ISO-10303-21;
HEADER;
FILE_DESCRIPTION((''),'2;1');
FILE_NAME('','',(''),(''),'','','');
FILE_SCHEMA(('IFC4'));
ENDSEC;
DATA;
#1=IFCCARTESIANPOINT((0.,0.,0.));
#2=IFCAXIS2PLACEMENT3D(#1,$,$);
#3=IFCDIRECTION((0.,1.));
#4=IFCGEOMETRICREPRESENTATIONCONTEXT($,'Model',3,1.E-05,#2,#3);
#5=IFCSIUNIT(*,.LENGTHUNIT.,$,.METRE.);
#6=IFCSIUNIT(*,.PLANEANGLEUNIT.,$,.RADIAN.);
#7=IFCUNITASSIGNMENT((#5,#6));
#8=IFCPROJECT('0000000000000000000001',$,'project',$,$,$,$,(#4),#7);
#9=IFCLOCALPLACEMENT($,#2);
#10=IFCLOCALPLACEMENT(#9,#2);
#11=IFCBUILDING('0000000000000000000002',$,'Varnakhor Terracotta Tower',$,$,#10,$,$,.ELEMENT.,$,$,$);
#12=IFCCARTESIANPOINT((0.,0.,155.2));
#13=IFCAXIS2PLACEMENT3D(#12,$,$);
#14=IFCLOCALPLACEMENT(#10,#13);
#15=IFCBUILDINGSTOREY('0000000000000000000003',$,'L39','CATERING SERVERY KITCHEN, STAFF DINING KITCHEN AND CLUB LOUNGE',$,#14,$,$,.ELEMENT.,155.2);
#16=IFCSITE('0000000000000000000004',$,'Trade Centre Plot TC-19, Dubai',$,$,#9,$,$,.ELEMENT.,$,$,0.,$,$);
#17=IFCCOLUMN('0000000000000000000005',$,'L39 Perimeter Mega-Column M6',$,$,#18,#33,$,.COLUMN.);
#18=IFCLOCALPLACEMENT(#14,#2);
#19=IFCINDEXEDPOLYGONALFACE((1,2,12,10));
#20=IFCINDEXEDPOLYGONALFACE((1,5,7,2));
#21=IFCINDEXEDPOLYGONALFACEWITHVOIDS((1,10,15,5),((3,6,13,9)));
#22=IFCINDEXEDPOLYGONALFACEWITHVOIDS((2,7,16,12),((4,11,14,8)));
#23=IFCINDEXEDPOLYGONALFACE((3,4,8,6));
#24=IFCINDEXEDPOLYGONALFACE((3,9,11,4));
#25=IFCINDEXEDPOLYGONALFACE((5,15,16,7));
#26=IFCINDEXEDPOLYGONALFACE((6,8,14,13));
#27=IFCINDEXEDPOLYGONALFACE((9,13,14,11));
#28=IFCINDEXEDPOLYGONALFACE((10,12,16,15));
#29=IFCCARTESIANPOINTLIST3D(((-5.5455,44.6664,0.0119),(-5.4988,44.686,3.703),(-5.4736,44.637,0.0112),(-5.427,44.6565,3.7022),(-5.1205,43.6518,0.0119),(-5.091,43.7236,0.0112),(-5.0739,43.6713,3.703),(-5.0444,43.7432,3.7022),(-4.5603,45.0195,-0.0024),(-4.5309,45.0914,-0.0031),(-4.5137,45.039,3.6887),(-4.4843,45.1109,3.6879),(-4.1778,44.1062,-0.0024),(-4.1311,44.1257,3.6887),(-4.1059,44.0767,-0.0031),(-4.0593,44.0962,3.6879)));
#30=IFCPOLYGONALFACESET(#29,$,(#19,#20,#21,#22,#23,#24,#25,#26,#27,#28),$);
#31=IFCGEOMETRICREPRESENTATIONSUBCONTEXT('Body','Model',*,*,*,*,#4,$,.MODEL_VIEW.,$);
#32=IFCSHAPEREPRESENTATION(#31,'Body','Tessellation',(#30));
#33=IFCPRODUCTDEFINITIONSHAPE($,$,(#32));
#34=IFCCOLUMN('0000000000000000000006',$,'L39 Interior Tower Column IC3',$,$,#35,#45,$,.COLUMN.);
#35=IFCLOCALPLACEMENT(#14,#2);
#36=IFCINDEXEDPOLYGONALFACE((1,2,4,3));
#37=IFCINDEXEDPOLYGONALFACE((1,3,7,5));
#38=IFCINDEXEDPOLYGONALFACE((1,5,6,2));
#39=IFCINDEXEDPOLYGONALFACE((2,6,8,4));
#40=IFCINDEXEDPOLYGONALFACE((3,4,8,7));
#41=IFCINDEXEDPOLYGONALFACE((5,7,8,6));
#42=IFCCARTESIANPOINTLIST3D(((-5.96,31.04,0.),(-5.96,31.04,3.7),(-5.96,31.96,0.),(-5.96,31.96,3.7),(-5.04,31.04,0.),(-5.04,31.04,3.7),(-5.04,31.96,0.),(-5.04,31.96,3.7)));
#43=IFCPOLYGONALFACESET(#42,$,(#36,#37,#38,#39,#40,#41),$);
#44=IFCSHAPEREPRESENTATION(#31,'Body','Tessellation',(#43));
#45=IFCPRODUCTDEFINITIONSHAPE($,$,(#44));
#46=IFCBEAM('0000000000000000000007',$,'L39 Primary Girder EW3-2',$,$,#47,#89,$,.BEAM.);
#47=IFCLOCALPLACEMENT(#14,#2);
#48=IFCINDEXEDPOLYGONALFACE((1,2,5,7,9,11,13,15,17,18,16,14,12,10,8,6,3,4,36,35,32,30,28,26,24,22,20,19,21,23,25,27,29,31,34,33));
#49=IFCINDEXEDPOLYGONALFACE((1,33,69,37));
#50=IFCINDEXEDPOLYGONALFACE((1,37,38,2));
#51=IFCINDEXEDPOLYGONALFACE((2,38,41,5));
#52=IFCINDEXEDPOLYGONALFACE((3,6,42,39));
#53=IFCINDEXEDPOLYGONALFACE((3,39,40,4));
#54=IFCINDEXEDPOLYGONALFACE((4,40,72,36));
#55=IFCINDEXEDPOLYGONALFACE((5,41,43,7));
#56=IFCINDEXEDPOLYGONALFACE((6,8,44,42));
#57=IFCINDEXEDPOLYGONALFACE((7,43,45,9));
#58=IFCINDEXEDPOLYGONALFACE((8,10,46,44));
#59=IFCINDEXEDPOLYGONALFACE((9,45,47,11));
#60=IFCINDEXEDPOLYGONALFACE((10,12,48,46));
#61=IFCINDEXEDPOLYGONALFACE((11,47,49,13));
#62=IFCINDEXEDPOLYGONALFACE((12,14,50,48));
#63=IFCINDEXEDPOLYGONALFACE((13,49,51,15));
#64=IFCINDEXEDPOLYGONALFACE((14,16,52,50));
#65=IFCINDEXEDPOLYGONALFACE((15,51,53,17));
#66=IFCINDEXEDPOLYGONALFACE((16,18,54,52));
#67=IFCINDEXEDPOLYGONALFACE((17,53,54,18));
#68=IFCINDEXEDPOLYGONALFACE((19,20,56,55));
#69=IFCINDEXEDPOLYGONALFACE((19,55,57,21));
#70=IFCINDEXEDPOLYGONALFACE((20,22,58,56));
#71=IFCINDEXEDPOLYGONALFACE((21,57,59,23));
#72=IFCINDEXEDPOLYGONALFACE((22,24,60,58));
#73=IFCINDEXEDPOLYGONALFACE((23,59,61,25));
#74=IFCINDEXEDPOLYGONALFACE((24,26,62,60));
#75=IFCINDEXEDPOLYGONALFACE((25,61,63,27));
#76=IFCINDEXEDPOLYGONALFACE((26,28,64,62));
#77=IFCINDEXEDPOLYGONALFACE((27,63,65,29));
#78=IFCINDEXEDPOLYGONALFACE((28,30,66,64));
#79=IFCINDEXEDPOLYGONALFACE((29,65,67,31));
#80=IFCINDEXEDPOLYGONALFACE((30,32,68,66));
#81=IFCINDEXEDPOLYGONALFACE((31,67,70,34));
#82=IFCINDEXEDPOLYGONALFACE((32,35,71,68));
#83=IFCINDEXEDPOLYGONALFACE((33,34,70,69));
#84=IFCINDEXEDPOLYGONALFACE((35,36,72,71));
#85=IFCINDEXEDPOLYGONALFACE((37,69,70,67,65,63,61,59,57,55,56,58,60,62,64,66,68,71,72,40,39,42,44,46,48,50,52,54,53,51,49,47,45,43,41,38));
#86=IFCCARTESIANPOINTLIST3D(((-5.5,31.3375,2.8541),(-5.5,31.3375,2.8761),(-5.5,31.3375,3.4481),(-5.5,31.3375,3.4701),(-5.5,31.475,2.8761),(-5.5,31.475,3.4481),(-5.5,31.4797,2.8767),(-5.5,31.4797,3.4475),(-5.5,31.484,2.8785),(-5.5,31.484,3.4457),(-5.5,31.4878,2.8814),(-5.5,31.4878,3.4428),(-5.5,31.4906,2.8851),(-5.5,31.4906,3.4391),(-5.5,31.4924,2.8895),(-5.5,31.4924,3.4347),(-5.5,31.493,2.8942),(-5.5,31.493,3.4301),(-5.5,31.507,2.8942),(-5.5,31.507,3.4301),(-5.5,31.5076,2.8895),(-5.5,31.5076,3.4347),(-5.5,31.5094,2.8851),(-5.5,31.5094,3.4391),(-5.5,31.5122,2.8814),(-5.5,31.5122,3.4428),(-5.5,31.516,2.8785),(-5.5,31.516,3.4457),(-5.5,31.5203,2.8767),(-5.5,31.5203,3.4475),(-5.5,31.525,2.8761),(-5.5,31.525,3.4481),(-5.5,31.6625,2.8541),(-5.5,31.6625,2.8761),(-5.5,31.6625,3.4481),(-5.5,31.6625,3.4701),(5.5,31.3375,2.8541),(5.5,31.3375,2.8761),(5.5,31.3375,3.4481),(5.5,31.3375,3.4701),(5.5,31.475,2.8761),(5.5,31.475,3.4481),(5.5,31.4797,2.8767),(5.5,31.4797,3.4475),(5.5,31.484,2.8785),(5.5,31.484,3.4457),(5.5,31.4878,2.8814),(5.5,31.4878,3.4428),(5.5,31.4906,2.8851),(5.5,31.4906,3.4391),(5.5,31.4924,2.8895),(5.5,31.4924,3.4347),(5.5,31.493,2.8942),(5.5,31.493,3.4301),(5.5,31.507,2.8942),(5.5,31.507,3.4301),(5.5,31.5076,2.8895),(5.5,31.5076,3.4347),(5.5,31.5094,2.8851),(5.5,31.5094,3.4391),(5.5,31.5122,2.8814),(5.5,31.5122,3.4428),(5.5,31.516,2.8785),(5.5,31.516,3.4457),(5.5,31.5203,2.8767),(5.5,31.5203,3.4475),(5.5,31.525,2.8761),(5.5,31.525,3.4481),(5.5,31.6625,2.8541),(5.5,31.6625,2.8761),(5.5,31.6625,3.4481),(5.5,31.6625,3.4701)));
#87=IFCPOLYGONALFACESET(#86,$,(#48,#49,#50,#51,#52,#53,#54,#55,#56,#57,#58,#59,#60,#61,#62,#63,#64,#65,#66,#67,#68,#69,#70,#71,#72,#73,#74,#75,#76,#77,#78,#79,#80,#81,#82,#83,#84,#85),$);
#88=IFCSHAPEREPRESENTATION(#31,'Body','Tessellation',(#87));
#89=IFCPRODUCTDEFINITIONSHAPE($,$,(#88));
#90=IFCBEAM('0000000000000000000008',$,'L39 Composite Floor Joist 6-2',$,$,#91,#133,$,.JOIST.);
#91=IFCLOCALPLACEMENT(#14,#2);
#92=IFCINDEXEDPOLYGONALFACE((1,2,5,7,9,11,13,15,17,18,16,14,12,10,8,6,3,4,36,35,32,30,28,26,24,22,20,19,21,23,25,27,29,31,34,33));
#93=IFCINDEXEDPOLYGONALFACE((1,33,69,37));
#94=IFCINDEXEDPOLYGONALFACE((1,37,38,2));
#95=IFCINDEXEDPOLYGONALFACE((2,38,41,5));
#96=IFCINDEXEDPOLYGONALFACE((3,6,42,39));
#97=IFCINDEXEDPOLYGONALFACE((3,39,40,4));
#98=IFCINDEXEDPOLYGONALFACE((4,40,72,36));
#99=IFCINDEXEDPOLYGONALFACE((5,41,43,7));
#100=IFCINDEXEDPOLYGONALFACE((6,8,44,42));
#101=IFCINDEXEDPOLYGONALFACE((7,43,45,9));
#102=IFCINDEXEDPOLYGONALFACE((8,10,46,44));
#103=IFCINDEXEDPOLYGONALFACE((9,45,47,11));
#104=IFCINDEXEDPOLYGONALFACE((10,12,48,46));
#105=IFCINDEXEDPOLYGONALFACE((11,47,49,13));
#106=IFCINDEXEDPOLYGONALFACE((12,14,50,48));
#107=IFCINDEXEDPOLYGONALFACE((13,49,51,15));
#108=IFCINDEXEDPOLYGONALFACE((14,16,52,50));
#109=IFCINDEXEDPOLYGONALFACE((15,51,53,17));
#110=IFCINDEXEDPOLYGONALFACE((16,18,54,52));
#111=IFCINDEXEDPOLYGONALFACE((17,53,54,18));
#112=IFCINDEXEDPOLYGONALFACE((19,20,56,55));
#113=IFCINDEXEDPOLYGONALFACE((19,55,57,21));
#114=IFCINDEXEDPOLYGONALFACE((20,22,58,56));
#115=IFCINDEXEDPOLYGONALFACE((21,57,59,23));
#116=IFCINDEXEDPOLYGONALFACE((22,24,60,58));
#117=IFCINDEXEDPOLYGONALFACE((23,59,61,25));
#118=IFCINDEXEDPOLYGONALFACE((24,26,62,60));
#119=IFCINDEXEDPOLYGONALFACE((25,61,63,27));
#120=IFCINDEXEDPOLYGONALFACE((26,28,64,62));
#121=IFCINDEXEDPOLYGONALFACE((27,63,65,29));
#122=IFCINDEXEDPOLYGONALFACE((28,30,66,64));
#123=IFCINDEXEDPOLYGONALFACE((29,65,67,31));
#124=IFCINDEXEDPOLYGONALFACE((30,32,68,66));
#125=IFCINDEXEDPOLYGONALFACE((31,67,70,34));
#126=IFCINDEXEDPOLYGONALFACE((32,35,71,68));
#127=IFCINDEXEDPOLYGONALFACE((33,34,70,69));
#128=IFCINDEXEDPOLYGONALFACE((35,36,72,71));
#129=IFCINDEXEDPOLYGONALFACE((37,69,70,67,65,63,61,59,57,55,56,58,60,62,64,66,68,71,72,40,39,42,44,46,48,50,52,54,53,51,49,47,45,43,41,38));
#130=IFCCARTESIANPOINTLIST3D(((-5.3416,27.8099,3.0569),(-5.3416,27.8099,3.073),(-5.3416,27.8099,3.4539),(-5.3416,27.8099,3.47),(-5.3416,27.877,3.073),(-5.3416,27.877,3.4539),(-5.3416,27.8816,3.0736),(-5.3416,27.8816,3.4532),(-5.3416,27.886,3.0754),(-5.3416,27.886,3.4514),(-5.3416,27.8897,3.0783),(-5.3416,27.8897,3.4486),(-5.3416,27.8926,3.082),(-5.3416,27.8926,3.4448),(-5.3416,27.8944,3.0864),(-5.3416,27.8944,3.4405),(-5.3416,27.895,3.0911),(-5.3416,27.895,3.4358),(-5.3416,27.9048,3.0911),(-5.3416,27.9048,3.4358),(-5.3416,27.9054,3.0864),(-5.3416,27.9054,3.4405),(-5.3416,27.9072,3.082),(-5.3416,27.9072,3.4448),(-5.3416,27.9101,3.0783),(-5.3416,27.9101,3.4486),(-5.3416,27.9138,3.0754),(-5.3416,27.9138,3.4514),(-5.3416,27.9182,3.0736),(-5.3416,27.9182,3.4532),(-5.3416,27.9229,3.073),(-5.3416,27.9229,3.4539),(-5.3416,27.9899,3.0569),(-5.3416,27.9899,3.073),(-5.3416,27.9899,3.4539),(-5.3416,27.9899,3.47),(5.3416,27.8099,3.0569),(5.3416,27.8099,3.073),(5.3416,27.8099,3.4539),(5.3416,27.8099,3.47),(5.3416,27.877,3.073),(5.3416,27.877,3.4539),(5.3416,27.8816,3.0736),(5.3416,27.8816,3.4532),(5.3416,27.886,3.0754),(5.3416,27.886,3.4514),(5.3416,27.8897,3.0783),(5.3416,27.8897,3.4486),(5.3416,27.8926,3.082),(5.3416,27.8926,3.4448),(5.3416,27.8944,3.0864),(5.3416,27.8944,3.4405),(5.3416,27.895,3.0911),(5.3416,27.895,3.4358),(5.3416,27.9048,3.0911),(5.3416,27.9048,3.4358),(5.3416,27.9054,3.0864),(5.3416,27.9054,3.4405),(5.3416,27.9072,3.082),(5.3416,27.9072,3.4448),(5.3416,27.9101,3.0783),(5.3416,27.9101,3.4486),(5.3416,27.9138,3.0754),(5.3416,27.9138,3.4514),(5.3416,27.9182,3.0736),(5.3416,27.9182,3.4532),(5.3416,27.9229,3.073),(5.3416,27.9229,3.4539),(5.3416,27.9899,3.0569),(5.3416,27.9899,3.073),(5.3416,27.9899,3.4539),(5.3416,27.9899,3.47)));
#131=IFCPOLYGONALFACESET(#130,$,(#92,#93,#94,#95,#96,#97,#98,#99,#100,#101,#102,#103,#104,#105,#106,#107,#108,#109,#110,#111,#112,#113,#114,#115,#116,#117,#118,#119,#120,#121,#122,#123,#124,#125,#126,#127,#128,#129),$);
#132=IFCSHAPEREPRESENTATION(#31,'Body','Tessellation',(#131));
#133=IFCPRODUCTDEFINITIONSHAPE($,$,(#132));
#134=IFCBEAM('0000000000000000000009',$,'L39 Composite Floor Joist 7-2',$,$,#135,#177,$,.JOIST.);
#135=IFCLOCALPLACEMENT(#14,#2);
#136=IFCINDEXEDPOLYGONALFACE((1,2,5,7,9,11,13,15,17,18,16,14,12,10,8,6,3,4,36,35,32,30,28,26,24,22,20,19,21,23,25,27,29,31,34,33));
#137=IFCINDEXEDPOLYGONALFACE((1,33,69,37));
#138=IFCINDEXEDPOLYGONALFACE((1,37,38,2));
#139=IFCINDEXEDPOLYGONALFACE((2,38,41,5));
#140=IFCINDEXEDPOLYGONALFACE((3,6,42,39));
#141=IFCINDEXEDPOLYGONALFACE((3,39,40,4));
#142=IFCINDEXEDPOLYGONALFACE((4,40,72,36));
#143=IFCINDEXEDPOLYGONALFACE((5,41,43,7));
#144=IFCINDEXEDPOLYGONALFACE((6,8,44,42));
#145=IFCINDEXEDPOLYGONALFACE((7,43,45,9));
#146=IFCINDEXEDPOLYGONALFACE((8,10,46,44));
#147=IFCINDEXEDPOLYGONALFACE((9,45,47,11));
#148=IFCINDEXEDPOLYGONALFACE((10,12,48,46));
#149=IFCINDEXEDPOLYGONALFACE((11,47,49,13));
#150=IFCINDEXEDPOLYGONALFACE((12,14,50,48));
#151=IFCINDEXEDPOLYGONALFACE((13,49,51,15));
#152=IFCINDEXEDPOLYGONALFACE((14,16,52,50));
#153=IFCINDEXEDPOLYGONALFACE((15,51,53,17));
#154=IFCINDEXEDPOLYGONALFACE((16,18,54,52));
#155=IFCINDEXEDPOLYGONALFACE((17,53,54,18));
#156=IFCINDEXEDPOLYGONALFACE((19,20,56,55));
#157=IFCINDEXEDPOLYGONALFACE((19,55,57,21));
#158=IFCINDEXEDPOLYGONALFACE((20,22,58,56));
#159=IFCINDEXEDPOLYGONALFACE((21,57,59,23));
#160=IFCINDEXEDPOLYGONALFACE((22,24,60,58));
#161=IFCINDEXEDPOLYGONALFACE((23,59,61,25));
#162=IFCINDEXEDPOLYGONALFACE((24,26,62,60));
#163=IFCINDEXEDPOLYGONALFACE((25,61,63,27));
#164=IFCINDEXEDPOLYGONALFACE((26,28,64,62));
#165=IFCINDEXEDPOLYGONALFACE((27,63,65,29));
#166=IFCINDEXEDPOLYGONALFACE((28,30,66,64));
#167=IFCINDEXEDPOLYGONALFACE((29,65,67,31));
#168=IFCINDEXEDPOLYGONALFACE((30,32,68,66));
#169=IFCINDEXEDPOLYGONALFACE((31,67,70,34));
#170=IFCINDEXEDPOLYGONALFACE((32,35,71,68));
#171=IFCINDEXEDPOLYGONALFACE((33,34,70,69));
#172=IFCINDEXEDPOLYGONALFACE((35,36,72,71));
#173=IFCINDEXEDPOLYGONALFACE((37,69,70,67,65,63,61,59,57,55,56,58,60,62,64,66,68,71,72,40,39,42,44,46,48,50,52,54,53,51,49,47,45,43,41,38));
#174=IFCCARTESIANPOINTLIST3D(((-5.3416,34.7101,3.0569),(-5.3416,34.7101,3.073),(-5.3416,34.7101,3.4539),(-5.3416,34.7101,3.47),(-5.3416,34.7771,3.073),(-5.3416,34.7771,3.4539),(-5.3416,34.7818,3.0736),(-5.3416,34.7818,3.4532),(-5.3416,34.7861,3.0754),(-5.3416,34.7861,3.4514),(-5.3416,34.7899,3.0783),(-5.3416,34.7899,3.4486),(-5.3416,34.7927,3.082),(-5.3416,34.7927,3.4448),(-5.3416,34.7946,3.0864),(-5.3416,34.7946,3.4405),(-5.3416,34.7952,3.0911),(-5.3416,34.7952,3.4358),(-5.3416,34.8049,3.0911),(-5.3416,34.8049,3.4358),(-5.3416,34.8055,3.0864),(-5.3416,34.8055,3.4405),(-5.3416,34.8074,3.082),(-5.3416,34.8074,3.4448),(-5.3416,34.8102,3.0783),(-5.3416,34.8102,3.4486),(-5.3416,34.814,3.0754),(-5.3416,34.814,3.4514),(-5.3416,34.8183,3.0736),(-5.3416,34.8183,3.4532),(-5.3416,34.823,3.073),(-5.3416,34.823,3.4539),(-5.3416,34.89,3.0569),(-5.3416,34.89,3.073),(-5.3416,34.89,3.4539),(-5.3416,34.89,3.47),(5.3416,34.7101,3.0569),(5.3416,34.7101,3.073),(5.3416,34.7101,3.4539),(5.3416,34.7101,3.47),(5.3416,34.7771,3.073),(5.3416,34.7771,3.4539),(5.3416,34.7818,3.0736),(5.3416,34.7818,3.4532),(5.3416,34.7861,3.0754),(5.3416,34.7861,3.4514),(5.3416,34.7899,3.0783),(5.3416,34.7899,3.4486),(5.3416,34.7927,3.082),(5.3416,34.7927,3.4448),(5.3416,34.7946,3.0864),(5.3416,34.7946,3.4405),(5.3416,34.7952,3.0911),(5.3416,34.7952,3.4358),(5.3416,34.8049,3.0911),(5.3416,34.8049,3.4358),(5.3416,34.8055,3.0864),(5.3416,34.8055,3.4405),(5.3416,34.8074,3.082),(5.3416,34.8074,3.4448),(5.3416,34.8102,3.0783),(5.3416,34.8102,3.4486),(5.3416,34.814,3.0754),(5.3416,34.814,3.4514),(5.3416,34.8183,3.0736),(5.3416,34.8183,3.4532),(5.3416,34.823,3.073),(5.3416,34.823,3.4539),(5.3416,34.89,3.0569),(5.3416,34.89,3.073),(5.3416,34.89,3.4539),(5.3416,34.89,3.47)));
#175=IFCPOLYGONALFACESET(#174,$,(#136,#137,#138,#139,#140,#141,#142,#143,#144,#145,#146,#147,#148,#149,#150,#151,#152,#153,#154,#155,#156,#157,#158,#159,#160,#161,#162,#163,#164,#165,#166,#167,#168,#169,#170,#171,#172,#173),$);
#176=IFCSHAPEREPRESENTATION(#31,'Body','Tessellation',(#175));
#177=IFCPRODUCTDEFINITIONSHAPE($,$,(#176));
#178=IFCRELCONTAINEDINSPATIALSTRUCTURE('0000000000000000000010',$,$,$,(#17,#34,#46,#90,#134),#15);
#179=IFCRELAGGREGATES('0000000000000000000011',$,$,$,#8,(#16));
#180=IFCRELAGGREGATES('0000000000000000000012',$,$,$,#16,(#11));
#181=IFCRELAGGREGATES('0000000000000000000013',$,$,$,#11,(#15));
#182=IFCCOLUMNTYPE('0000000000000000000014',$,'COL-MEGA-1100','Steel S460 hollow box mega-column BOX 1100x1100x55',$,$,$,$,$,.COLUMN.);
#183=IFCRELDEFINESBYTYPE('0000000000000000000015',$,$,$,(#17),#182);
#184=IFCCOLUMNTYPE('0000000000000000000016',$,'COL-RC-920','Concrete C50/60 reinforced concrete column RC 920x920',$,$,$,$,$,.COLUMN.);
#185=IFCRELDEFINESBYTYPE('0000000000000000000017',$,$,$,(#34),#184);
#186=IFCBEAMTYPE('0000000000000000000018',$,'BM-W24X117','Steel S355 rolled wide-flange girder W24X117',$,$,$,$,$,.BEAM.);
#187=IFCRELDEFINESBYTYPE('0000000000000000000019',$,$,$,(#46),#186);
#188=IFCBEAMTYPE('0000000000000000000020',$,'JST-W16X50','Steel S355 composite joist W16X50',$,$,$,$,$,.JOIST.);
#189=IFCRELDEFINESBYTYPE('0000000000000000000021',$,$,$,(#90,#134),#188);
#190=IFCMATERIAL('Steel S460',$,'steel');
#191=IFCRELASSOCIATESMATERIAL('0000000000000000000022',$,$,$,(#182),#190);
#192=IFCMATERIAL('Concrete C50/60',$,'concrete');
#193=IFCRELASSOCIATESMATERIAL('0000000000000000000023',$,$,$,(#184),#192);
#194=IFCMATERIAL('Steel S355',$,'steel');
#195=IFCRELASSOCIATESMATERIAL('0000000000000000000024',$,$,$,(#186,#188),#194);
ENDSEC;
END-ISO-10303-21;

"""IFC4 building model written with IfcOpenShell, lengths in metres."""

from ifc_helpers import new_model, si_unit, direction, frame, origin, origin_2d, place, context, subcontext, project, spatial, rectangle, hollow_rectangle, i_section, extrude, source, transform, mapped, material, material_profile, profile_set, type_object, element, save


model = new_model("IFC4")

# Units and contexts
model_context = context("Model", 3, precision=1e-05, world=origin(), true_north=direction((0.0, 1.0)))
body_context = subcontext(model_context, "Body", "Model", "MODEL_VIEW")
ifc_project = project(units=[si_unit("LENGTHUNIT", "METRE"), si_unit("PLANEANGLEUNIT", "RADIAN")], contexts=[model_context])

# Site, building, storey
site_placement = place(None, origin())
site = spatial("IfcSite", under=ifc_project, at=site_placement, Name="Trade Centre Plot TC-19, Dubai", CompositionType="ELEMENT", RefElevation=0.0)
building_placement = place(site_placement, origin())
building = spatial("IfcBuilding", under=site, at=building_placement, Name="Varnakhor Terracotta Tower", CompositionType="ELEMENT")
storey_placement = place(building_placement, frame((0.0, 0.0, 155.2)))
storey = spatial("IfcBuildingStorey", under=building, at=storey_placement, Name="L39", Description="CATERING SERVERY KITCHEN, STAFF DINING KITCHEN AND CLUB LOUNGE", CompositionType="ELEMENT", Elevation=155.2)

# Columns
ifc_material_1 = material(Name="Steel S460", Category="steel")
ifc_material_profile_1 = material_profile(ifc_material_1, hollow_rectangle(XDim=1.1001, YDim=1.1001, WallThickness=0.0549, at=origin_2d()), Name="BOX 1100x1100x55")
ifc_profile_set_1 = profile_set([ifc_material_profile_1], Name="Steel S460")
column_type_1 = type_object("IfcColumnType", Name="COL-MEGA-1100", Description="Steel S460 hollow box mega-column BOX 1100x1100x55", PredefinedType="COLUMN", material=ifc_profile_set_1)
shared_shape_1 = source(origin(), body_context, "Body", "SweptSolid", [
    extrude(hollow_rectangle(XDim=1.1001, YDim=1.1001, WallThickness=0.0549, at=origin_2d()), origin(), (0.0, 0.0, 1.0), 3.6914),
])
column_1_placement = place(storey_placement, frame((-4.8257, 44.3716, 0.0044), z_axis=(0.012632, 0.005291, 0.999906), x_axis=(-0.386329, 0.922361, 0.0)))
element("IfcColumn", 1, at=column_1_placement, inside=storey, type_object=column_type_1, Name="L39 Perimeter Mega-Column M6", PredefinedType="COLUMN", context=body_context, shape_type="MappedRepresentation", body=[
    mapped(shared_shape_1, transform((0.0, 0.0, 0.0), scale=1.0)),
])
ifc_material_2 = material(Name="Concrete C50/60", Category="concrete")
ifc_material_profile_2 = material_profile(ifc_material_2, rectangle(XDim=0.9199, YDim=0.9199, at=origin_2d()), Name="RC 920x920")
ifc_profile_set_2 = profile_set([ifc_material_profile_2], Name="Concrete C50/60")
column_type_2 = type_object("IfcColumnType", Name="COL-RC-920", Description="Concrete C50/60 reinforced concrete column RC 920x920", PredefinedType="COLUMN", material=ifc_profile_set_2)
shared_shape_2 = source(origin(), body_context, "Body", "SweptSolid", [
    extrude(rectangle(XDim=0.9199, YDim=0.9199, at=origin_2d()), origin(), (0.0, 0.0, 1.0), 3.7),
])
column_2_placement = place(storey_placement, frame((-5.5, 31.5, 0.0), z_axis=(0.0, 0.0, 1.0), x_axis=(1.0, 0.0, 0.0)))
element("IfcColumn", 2, at=column_2_placement, inside=storey, type_object=column_type_2, Name="L39 Interior Tower Column IC3", PredefinedType="COLUMN", context=body_context, shape_type="MappedRepresentation", body=[
    mapped(shared_shape_2, transform((0.0, 0.0, 0.0), scale=1.0)),
])

# Beams
ifc_material_3 = material(Name="Steel S355", Category="steel")
ifc_material_profile_3 = material_profile(ifc_material_3, i_section(OverallWidth=0.325, OverallDepth=0.616, WebThickness=0.0139, FlangeThickness=0.022, FilletRadius=0.0181, at=origin_2d()), Name="W24X117")
ifc_profile_set_3 = profile_set([ifc_material_profile_3], Name="Steel S355")
beam_type_1 = type_object("IfcBeamType", Name="BM-W24X117", Description="Steel S355 rolled wide-flange girder W24X117", PredefinedType="BEAM", material=ifc_profile_set_3)
shared_shape_3 = source(origin(), body_context, "Body", "SweptSolid", [
    extrude(i_section(OverallWidth=0.325, OverallDepth=0.616, WebThickness=0.0139, FlangeThickness=0.022, FilletRadius=0.0181, at=origin_2d()), origin(), (0.0, 0.0, 1.0), 11.0),
])
beam_1_placement = place(storey_placement, frame((-5.5, 31.5, 3.1621), z_axis=(1.0, 0.0, 0.0), x_axis=(0.0, 1.0, 0.0)))
element("IfcBeam", 3, at=beam_1_placement, inside=storey, type_object=beam_type_1, Name="L39 Primary Girder EW3-2", PredefinedType="BEAM", context=body_context, shape_type="MappedRepresentation", body=[
    mapped(shared_shape_3, transform((0.0, 0.0, 0.0), scale=1.0)),
])
ifc_material_profile_4 = material_profile(ifc_material_3, i_section(OverallWidth=0.1799, OverallDepth=0.4131, WebThickness=0.0098, FlangeThickness=0.0161, FilletRadius=0.0181, at=origin_2d()), Name="W16X50")
ifc_profile_set_4 = profile_set([ifc_material_profile_4], Name="Steel S355")
beam_type_2 = type_object("IfcBeamType", Name="JST-W16X50", Description="Steel S355 composite joist W16X50", PredefinedType="JOIST", material=ifc_profile_set_4)
shared_shape_4 = source(origin(), body_context, "Body", "SweptSolid", [
    extrude(i_section(OverallWidth=0.1799, OverallDepth=0.4131, WebThickness=0.0098, FlangeThickness=0.0161, FilletRadius=0.0181, at=origin_2d()), origin(), (0.0, 0.0, 1.0), 10.6831),
])
for number, where, z_axis, x_axis, name in (
    (4, (-5.3416, 27.8999, 3.2634), (1.0, 0.0, 0.0), (0.0, 1.0, 0.0), "L39 Composite Floor Joist 6-2"),
    (5, (-5.3416, 34.8, 3.2634), (1.0, 0.0, 0.0), (0.0, 1.0, 0.0), "L39 Composite Floor Joist 7-2"),
):
    element("IfcBeam", number, at=place(storey_placement, frame(where, z_axis=z_axis, x_axis=x_axis)), inside=storey, type_object=beam_type_2, Name=name, PredefinedType="JOIST", context=body_context, shape_type="MappedRepresentation", body=[
        mapped(shared_shape_4, transform((0.0, 0.0, 0.0), scale=1.0)),
    ])

save(model, "model.ifc")
